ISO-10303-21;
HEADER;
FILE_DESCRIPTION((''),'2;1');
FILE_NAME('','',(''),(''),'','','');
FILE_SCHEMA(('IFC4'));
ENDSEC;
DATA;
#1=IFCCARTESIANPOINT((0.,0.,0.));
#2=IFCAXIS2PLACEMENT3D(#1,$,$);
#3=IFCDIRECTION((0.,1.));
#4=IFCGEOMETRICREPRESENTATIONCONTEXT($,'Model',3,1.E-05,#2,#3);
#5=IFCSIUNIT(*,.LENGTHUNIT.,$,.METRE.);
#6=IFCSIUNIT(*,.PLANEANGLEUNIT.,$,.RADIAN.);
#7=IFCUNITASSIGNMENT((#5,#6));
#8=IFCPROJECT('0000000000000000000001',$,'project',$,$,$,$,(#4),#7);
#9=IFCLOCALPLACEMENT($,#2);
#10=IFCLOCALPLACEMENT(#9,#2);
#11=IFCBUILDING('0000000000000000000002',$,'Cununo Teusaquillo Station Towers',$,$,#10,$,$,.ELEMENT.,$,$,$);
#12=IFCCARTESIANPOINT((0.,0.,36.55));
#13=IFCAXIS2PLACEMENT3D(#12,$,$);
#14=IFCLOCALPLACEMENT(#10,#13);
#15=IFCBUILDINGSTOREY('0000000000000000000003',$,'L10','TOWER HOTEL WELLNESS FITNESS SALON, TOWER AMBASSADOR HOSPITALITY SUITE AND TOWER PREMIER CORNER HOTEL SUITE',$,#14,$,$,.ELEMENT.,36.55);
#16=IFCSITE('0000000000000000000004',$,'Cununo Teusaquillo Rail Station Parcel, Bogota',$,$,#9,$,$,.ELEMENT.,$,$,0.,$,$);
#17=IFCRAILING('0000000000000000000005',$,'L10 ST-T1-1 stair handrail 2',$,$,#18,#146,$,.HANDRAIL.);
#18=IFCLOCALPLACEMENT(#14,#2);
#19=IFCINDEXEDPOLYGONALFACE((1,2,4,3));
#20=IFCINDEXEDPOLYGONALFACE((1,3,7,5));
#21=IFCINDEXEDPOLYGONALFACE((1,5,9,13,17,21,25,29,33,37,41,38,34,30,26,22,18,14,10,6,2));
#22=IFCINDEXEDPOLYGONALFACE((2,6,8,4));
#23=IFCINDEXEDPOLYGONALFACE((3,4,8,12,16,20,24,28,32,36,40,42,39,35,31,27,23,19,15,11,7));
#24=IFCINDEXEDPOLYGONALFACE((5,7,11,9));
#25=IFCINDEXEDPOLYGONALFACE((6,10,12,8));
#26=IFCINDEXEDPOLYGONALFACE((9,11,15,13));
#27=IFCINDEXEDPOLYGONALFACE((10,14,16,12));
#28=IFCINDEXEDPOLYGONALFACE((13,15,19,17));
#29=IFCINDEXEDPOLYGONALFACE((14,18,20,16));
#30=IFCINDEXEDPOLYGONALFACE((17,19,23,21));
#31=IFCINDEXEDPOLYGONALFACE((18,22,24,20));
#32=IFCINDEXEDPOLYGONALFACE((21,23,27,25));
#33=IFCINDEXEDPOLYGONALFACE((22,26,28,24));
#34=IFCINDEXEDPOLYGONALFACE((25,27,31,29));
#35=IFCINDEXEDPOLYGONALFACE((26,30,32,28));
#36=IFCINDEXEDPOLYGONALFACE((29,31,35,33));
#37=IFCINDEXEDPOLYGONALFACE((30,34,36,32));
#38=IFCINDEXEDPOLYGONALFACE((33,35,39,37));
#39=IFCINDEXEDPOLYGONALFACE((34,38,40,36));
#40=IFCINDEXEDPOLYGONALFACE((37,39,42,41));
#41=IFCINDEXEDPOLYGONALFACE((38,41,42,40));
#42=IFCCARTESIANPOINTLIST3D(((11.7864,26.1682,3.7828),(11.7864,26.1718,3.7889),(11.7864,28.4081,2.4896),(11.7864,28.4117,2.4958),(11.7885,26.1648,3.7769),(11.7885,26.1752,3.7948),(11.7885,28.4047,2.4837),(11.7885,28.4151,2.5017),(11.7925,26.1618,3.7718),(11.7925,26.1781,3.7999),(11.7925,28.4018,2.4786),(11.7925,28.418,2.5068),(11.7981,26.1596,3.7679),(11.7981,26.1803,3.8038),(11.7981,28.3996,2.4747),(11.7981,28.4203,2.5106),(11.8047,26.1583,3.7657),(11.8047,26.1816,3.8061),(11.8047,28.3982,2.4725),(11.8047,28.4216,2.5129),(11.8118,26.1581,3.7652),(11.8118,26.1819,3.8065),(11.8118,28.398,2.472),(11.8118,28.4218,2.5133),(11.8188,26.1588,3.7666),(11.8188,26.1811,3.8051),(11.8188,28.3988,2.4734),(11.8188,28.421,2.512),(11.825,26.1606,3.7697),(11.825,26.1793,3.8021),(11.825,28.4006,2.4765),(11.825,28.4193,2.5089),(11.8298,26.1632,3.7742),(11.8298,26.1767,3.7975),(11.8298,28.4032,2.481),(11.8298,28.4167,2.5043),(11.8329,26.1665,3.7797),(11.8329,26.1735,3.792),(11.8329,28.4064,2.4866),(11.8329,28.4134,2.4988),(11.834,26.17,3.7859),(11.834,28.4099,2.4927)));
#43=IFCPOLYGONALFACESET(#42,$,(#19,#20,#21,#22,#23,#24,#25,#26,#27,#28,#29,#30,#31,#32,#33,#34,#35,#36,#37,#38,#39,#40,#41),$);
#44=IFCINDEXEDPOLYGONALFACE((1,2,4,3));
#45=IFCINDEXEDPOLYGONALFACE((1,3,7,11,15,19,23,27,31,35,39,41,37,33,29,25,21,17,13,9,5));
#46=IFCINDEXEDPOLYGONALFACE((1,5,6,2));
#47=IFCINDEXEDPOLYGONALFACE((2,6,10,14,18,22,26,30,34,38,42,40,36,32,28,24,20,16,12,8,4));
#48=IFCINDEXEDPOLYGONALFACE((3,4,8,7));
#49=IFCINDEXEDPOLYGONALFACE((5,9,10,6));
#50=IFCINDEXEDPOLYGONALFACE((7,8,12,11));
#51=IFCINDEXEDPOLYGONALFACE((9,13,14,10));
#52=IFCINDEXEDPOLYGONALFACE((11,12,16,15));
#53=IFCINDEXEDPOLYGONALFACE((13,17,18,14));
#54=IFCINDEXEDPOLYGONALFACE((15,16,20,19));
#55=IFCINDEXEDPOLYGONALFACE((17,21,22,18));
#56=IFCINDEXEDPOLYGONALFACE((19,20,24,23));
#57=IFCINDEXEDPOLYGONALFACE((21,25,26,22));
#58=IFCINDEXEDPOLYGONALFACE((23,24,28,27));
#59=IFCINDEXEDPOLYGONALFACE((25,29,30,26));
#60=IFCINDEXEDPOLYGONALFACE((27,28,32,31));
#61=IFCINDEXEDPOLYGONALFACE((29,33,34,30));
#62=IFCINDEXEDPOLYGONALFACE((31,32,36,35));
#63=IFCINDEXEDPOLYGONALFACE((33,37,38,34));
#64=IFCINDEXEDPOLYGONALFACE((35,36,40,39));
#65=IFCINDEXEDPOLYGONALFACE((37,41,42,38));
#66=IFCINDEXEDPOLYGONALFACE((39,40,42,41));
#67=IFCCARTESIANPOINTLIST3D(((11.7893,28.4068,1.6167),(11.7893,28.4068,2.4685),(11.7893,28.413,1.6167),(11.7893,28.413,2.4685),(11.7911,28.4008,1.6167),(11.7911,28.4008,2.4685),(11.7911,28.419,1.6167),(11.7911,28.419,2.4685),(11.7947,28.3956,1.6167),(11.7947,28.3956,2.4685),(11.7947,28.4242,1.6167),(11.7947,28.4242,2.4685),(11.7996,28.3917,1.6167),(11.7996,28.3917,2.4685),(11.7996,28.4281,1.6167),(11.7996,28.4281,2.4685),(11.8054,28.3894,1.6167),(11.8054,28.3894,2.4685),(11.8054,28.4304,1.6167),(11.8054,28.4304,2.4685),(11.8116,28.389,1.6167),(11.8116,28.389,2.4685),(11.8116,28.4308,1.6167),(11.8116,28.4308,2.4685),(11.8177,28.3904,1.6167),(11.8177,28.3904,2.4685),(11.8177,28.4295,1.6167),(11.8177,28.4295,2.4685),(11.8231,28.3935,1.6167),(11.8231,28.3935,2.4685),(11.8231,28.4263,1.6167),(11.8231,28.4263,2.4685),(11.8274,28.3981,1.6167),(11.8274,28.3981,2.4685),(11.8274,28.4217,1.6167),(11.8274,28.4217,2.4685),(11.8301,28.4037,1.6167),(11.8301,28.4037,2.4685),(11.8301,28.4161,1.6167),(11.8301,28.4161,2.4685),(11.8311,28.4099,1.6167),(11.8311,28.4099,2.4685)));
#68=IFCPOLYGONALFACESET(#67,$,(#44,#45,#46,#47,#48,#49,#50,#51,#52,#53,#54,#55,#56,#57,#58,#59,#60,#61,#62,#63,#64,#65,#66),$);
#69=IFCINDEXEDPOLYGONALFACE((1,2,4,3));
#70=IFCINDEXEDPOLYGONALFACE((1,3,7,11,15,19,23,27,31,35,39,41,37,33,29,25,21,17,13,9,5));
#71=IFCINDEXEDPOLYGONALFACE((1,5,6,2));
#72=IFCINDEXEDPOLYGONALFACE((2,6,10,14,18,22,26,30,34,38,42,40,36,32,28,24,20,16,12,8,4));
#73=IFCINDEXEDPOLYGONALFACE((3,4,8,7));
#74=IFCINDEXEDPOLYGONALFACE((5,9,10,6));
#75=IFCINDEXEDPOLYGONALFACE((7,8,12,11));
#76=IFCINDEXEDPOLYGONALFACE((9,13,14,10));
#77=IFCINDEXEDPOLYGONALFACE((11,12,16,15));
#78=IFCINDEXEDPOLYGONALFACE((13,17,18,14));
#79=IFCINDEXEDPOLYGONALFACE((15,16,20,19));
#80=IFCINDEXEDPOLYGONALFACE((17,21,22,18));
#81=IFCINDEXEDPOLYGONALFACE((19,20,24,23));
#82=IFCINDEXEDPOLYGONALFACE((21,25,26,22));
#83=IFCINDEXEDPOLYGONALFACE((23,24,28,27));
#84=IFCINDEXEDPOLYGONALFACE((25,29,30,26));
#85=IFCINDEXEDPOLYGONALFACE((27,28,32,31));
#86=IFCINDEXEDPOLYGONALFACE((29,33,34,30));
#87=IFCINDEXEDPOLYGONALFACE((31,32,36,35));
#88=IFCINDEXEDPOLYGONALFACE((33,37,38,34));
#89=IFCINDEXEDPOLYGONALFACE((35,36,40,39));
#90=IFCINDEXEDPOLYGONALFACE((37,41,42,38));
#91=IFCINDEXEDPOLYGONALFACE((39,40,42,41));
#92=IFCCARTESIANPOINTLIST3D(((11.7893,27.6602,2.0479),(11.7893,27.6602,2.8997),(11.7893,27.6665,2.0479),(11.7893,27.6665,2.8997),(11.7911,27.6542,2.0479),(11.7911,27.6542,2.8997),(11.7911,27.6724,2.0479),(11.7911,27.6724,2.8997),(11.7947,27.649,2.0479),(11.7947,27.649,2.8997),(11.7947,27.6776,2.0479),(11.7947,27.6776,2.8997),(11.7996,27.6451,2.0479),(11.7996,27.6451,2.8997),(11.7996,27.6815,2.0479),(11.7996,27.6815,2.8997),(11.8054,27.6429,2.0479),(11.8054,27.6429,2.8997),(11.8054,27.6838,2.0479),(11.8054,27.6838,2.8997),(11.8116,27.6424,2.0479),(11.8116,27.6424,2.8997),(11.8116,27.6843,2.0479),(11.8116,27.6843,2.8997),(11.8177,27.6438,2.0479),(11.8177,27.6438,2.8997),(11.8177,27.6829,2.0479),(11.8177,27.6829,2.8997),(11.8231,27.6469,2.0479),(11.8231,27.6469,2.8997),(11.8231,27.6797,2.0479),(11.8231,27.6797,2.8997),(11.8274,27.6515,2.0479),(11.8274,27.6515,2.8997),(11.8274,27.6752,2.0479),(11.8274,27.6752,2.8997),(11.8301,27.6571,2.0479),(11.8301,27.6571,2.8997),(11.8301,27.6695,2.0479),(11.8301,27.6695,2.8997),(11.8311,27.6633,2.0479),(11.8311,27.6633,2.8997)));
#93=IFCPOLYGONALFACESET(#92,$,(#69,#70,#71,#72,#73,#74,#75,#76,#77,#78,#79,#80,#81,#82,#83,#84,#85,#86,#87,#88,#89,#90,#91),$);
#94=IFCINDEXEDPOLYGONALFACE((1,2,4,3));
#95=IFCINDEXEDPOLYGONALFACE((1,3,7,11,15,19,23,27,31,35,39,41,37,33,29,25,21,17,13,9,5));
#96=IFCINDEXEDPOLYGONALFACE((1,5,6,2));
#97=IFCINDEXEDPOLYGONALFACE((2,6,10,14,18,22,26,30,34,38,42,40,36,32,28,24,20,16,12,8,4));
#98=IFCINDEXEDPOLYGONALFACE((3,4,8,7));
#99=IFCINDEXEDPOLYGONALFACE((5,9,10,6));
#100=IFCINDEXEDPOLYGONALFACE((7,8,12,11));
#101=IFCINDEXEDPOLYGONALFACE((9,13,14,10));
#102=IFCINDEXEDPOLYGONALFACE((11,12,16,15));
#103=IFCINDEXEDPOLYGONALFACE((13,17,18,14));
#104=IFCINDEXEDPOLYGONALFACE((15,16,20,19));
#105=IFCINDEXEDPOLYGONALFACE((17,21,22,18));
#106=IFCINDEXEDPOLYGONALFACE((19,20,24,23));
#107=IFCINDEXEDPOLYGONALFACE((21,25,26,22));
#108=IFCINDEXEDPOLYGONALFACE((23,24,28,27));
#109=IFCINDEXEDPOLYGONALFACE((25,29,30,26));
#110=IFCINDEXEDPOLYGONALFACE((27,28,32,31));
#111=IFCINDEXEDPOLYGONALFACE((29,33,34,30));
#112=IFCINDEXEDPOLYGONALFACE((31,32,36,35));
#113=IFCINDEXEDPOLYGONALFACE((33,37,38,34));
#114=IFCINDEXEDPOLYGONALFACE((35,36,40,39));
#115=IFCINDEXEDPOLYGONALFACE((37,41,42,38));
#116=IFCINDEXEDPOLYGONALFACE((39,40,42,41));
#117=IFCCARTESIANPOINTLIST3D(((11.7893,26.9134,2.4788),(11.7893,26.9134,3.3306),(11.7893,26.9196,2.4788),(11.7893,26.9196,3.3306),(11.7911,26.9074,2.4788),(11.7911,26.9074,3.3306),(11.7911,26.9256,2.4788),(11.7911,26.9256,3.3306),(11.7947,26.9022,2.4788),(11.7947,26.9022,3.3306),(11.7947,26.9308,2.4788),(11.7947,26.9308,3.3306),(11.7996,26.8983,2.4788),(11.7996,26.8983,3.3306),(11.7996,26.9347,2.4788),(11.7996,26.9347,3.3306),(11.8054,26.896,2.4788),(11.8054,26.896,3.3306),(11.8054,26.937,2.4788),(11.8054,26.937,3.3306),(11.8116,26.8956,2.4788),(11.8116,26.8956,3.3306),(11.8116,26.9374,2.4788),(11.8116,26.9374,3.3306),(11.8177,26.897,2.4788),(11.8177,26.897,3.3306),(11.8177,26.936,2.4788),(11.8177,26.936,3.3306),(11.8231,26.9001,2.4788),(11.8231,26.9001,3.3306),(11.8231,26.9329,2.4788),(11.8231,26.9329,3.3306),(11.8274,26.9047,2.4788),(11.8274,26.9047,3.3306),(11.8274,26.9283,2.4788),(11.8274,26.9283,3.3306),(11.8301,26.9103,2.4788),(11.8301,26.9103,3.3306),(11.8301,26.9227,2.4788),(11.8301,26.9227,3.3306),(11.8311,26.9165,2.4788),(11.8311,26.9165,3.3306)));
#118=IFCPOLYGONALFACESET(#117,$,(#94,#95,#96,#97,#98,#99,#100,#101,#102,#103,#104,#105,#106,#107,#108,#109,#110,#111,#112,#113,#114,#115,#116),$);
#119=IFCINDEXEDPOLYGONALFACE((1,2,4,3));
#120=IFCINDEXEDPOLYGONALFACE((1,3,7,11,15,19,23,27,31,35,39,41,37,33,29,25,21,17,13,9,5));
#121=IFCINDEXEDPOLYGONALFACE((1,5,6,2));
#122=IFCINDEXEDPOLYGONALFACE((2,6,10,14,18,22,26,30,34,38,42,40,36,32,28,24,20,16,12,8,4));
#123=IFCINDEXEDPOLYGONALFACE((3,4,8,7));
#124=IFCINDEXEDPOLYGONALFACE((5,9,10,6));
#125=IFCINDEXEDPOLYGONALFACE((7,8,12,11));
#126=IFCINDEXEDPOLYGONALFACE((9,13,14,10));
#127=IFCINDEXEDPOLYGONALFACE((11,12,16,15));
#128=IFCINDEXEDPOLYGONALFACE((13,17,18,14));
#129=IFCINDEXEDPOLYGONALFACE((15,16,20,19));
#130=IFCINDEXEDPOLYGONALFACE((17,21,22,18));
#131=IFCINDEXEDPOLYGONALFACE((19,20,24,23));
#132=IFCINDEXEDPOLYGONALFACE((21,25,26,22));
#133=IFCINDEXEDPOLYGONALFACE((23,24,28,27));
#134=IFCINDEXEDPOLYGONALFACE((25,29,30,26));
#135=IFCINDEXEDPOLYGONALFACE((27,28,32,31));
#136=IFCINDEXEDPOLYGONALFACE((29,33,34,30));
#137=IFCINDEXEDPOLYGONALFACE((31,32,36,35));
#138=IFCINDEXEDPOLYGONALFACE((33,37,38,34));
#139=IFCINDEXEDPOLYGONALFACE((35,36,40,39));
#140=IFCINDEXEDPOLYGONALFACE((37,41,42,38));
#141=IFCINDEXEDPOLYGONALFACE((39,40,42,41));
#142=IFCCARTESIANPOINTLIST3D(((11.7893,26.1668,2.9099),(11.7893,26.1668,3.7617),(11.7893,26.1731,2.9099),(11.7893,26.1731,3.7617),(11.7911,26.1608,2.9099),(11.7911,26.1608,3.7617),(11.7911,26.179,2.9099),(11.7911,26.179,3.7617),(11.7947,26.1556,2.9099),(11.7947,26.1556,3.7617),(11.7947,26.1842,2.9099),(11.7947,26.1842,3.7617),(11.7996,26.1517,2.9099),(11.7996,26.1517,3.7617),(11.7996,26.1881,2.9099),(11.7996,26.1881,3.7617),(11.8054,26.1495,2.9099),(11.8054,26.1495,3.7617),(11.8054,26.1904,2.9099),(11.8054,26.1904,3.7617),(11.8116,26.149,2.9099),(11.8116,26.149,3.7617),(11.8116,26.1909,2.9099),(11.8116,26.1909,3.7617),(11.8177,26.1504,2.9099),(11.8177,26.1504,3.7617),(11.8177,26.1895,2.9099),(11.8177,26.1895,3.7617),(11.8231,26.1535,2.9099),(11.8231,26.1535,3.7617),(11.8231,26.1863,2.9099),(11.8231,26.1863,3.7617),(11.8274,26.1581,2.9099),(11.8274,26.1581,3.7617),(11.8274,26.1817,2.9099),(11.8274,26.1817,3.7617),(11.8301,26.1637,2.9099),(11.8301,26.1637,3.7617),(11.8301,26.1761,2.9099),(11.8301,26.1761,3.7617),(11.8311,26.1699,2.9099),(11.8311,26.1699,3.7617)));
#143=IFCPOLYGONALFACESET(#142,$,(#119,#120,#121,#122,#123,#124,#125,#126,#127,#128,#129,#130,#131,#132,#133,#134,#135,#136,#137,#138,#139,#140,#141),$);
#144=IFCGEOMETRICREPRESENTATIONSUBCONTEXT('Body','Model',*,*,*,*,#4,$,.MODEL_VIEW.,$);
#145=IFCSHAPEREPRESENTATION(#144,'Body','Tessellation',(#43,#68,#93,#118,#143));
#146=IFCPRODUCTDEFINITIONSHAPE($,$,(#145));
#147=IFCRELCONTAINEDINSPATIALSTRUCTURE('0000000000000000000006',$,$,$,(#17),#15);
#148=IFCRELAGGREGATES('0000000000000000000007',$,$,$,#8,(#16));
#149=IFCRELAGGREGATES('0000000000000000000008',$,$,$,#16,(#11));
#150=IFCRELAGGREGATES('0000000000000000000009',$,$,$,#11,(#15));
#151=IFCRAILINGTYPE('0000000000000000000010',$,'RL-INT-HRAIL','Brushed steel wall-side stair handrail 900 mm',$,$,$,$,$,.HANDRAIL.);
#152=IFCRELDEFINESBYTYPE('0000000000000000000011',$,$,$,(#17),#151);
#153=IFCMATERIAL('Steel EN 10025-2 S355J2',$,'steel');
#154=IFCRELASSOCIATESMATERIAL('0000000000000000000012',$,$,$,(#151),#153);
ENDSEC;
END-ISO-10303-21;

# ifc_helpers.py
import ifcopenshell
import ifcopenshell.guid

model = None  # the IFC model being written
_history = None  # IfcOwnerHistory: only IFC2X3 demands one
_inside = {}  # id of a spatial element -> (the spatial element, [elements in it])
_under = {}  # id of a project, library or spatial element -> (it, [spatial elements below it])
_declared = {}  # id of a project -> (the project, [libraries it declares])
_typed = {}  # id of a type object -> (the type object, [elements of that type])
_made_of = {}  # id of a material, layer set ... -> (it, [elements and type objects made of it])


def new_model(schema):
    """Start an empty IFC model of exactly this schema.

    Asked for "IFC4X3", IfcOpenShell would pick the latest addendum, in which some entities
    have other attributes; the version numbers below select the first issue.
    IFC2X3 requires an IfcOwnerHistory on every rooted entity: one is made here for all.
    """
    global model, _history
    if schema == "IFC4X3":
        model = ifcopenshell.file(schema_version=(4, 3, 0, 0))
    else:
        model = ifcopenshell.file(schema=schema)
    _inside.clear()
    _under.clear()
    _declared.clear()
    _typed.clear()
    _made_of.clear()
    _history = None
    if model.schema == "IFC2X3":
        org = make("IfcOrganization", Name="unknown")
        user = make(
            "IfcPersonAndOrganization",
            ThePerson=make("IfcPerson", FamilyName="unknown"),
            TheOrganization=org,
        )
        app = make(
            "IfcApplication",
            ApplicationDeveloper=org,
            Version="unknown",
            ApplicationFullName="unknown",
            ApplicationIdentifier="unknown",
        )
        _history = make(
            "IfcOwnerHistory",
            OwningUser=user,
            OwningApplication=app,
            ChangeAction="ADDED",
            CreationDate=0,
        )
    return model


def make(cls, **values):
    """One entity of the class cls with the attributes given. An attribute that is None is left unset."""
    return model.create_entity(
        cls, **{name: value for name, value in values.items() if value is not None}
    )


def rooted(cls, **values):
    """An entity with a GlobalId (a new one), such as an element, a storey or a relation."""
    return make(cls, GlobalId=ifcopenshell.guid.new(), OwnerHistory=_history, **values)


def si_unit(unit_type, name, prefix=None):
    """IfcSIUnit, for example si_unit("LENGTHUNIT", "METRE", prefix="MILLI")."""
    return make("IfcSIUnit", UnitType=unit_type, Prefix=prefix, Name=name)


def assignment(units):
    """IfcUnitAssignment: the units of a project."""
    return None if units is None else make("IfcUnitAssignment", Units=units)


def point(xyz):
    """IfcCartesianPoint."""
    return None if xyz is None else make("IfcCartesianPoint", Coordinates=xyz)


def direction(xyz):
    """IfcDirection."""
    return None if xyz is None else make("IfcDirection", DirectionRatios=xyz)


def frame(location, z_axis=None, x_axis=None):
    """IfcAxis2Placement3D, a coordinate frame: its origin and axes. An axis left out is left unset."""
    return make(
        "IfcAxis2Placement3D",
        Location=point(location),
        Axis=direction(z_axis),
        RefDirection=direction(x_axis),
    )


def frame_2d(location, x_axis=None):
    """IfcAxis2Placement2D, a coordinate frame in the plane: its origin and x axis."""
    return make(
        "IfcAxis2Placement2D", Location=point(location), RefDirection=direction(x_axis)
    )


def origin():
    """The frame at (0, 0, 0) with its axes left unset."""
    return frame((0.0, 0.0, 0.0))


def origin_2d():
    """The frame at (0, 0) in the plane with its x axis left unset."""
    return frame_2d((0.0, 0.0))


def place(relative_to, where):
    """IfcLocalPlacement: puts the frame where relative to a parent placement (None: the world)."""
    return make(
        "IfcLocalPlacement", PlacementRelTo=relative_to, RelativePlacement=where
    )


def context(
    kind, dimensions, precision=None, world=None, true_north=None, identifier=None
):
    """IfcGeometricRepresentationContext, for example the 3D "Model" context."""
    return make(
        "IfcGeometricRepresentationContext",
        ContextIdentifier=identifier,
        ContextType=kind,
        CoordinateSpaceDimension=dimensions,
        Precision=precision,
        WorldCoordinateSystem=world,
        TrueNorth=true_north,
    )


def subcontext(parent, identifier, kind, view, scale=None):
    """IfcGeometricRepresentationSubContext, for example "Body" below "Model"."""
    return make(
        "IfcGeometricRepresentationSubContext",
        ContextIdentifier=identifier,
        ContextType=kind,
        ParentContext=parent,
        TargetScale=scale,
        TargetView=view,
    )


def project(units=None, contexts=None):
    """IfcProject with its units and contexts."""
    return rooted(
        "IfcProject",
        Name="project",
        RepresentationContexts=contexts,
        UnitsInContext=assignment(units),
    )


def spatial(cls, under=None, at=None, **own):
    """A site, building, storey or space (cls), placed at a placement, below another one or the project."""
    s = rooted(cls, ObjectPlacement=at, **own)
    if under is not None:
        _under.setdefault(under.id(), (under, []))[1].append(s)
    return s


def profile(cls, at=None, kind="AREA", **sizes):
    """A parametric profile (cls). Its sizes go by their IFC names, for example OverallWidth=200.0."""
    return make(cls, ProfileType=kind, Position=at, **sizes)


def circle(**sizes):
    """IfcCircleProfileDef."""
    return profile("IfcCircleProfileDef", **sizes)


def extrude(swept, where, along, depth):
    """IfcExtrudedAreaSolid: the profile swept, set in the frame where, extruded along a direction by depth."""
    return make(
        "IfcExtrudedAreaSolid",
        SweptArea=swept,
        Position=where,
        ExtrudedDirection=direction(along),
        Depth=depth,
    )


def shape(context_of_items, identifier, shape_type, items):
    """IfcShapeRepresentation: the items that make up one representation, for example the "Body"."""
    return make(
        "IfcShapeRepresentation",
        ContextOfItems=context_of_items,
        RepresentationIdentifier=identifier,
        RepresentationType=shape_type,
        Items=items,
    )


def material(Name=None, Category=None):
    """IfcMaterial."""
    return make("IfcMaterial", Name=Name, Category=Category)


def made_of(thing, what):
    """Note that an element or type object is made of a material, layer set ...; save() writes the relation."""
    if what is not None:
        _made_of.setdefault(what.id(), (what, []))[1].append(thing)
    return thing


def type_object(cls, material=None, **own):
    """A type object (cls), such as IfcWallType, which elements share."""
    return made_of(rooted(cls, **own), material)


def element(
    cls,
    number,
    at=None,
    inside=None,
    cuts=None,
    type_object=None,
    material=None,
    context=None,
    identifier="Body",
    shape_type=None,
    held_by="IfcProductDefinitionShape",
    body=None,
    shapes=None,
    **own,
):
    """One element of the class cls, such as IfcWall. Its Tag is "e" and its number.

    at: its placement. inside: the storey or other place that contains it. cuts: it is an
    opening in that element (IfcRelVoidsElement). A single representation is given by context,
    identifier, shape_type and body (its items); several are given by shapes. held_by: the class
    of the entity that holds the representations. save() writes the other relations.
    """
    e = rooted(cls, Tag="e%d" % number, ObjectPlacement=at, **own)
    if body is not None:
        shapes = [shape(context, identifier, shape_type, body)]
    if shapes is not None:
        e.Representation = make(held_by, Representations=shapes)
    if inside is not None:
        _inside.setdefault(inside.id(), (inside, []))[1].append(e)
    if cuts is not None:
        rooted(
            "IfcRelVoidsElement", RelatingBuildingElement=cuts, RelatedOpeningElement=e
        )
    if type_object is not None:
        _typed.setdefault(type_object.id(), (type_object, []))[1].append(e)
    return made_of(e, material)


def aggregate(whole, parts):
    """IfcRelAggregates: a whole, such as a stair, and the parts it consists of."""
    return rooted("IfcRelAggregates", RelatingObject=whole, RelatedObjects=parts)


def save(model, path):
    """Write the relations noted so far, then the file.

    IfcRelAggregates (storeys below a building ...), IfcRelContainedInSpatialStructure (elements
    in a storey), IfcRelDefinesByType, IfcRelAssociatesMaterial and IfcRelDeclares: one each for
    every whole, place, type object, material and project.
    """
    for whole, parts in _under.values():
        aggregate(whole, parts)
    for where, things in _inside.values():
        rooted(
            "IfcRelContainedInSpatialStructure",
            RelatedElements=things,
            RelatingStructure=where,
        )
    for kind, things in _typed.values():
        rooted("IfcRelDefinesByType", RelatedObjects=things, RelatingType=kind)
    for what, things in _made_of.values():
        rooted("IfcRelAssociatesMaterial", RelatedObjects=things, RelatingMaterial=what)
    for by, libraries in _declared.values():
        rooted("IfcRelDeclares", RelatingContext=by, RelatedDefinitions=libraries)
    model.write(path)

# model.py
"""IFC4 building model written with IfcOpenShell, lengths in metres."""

from ifc_helpers import new_model, si_unit, direction, frame, origin, origin_2d, place, context, subcontext, project, spatial, circle, extrude, material, type_object, element, save


model = new_model("IFC4")

# Units and contexts
model_context = context("Model", 3, precision=1e-05, world=origin(), true_north=direction((0.0, 1.0)))
body_context = subcontext(model_context, "Body", "Model", "MODEL_VIEW")
ifc_project = project(units=[si_unit("LENGTHUNIT", "METRE"), si_unit("PLANEANGLEUNIT", "RADIAN")], contexts=[model_context])

# Site, building, storey
site_placement = place(None, origin())
site = spatial("IfcSite", under=ifc_project, at=site_placement, Name="Cununo Teusaquillo Rail Station Parcel, Bogota", CompositionType="ELEMENT", RefElevation=0.0)
building_placement = place(site_placement, origin())
building = spatial("IfcBuilding", under=site, at=building_placement, Name="Cununo Teusaquillo Station Towers", CompositionType="ELEMENT")
storey_placement = place(building_placement, frame((0.0, 0.0, 36.55)))
storey = spatial("IfcBuildingStorey", under=building, at=storey_placement, Name="L10", Description="TOWER HOTEL WELLNESS FITNESS SALON, TOWER AMBASSADOR HOSPITALITY SUITE AND TOWER PREMIER CORNER HOTEL SUITE", CompositionType="ELEMENT", Elevation=36.55)

# Railing
ifc_material_1 = material(Name="Steel EN 10025-2 S355J2", Category="steel")
railing_type_1 = type_object("IfcRailingType", Name="RL-INT-HRAIL", Description="Brushed steel wall-side stair handrail 900 mm", PredefinedType="HANDRAIL", material=ifc_material_1)
railing_1_placement = place(storey_placement, frame((11.8101, 28.4099, 1.6167)))
element("IfcRailing", 1, at=railing_1_placement, inside=storey, type_object=railing_type_1, Name="L10 ST-T1-1 stair handrail 2", PredefinedType="HANDRAIL", context=body_context, shape_type="SweptSolid", body=[
    extrude(circle(Radius=0.0239, at=origin_2d()), frame((0.0, 0.0, 0.876), z_axis=(0.0, -0.866033, 0.499987), x_axis=(1.0, 0.0, 0.0)), (0.0, 0.0, 1.0), 2.5864),
    extrude(circle(Radius=0.021, at=origin_2d()), origin(), (0.0, 0.0, 1.0), 0.8518),
    extrude(circle(Radius=0.021, at=origin_2d()), frame((0.0, -0.7466, 0.4312)), (0.0, 0.0, 1.0), 0.8518),
    extrude(circle(Radius=0.021, at=origin_2d()), frame((0.0, -1.4934, 0.8621)), (0.0, 0.0, 1.0), 0.8518),
    extrude(circle(Radius=0.021, at=origin_2d()), frame((0.0, -2.24, 1.2932)), (0.0, 0.0, 1.0), 0.8518),
])

save(model, "model.ifc")
